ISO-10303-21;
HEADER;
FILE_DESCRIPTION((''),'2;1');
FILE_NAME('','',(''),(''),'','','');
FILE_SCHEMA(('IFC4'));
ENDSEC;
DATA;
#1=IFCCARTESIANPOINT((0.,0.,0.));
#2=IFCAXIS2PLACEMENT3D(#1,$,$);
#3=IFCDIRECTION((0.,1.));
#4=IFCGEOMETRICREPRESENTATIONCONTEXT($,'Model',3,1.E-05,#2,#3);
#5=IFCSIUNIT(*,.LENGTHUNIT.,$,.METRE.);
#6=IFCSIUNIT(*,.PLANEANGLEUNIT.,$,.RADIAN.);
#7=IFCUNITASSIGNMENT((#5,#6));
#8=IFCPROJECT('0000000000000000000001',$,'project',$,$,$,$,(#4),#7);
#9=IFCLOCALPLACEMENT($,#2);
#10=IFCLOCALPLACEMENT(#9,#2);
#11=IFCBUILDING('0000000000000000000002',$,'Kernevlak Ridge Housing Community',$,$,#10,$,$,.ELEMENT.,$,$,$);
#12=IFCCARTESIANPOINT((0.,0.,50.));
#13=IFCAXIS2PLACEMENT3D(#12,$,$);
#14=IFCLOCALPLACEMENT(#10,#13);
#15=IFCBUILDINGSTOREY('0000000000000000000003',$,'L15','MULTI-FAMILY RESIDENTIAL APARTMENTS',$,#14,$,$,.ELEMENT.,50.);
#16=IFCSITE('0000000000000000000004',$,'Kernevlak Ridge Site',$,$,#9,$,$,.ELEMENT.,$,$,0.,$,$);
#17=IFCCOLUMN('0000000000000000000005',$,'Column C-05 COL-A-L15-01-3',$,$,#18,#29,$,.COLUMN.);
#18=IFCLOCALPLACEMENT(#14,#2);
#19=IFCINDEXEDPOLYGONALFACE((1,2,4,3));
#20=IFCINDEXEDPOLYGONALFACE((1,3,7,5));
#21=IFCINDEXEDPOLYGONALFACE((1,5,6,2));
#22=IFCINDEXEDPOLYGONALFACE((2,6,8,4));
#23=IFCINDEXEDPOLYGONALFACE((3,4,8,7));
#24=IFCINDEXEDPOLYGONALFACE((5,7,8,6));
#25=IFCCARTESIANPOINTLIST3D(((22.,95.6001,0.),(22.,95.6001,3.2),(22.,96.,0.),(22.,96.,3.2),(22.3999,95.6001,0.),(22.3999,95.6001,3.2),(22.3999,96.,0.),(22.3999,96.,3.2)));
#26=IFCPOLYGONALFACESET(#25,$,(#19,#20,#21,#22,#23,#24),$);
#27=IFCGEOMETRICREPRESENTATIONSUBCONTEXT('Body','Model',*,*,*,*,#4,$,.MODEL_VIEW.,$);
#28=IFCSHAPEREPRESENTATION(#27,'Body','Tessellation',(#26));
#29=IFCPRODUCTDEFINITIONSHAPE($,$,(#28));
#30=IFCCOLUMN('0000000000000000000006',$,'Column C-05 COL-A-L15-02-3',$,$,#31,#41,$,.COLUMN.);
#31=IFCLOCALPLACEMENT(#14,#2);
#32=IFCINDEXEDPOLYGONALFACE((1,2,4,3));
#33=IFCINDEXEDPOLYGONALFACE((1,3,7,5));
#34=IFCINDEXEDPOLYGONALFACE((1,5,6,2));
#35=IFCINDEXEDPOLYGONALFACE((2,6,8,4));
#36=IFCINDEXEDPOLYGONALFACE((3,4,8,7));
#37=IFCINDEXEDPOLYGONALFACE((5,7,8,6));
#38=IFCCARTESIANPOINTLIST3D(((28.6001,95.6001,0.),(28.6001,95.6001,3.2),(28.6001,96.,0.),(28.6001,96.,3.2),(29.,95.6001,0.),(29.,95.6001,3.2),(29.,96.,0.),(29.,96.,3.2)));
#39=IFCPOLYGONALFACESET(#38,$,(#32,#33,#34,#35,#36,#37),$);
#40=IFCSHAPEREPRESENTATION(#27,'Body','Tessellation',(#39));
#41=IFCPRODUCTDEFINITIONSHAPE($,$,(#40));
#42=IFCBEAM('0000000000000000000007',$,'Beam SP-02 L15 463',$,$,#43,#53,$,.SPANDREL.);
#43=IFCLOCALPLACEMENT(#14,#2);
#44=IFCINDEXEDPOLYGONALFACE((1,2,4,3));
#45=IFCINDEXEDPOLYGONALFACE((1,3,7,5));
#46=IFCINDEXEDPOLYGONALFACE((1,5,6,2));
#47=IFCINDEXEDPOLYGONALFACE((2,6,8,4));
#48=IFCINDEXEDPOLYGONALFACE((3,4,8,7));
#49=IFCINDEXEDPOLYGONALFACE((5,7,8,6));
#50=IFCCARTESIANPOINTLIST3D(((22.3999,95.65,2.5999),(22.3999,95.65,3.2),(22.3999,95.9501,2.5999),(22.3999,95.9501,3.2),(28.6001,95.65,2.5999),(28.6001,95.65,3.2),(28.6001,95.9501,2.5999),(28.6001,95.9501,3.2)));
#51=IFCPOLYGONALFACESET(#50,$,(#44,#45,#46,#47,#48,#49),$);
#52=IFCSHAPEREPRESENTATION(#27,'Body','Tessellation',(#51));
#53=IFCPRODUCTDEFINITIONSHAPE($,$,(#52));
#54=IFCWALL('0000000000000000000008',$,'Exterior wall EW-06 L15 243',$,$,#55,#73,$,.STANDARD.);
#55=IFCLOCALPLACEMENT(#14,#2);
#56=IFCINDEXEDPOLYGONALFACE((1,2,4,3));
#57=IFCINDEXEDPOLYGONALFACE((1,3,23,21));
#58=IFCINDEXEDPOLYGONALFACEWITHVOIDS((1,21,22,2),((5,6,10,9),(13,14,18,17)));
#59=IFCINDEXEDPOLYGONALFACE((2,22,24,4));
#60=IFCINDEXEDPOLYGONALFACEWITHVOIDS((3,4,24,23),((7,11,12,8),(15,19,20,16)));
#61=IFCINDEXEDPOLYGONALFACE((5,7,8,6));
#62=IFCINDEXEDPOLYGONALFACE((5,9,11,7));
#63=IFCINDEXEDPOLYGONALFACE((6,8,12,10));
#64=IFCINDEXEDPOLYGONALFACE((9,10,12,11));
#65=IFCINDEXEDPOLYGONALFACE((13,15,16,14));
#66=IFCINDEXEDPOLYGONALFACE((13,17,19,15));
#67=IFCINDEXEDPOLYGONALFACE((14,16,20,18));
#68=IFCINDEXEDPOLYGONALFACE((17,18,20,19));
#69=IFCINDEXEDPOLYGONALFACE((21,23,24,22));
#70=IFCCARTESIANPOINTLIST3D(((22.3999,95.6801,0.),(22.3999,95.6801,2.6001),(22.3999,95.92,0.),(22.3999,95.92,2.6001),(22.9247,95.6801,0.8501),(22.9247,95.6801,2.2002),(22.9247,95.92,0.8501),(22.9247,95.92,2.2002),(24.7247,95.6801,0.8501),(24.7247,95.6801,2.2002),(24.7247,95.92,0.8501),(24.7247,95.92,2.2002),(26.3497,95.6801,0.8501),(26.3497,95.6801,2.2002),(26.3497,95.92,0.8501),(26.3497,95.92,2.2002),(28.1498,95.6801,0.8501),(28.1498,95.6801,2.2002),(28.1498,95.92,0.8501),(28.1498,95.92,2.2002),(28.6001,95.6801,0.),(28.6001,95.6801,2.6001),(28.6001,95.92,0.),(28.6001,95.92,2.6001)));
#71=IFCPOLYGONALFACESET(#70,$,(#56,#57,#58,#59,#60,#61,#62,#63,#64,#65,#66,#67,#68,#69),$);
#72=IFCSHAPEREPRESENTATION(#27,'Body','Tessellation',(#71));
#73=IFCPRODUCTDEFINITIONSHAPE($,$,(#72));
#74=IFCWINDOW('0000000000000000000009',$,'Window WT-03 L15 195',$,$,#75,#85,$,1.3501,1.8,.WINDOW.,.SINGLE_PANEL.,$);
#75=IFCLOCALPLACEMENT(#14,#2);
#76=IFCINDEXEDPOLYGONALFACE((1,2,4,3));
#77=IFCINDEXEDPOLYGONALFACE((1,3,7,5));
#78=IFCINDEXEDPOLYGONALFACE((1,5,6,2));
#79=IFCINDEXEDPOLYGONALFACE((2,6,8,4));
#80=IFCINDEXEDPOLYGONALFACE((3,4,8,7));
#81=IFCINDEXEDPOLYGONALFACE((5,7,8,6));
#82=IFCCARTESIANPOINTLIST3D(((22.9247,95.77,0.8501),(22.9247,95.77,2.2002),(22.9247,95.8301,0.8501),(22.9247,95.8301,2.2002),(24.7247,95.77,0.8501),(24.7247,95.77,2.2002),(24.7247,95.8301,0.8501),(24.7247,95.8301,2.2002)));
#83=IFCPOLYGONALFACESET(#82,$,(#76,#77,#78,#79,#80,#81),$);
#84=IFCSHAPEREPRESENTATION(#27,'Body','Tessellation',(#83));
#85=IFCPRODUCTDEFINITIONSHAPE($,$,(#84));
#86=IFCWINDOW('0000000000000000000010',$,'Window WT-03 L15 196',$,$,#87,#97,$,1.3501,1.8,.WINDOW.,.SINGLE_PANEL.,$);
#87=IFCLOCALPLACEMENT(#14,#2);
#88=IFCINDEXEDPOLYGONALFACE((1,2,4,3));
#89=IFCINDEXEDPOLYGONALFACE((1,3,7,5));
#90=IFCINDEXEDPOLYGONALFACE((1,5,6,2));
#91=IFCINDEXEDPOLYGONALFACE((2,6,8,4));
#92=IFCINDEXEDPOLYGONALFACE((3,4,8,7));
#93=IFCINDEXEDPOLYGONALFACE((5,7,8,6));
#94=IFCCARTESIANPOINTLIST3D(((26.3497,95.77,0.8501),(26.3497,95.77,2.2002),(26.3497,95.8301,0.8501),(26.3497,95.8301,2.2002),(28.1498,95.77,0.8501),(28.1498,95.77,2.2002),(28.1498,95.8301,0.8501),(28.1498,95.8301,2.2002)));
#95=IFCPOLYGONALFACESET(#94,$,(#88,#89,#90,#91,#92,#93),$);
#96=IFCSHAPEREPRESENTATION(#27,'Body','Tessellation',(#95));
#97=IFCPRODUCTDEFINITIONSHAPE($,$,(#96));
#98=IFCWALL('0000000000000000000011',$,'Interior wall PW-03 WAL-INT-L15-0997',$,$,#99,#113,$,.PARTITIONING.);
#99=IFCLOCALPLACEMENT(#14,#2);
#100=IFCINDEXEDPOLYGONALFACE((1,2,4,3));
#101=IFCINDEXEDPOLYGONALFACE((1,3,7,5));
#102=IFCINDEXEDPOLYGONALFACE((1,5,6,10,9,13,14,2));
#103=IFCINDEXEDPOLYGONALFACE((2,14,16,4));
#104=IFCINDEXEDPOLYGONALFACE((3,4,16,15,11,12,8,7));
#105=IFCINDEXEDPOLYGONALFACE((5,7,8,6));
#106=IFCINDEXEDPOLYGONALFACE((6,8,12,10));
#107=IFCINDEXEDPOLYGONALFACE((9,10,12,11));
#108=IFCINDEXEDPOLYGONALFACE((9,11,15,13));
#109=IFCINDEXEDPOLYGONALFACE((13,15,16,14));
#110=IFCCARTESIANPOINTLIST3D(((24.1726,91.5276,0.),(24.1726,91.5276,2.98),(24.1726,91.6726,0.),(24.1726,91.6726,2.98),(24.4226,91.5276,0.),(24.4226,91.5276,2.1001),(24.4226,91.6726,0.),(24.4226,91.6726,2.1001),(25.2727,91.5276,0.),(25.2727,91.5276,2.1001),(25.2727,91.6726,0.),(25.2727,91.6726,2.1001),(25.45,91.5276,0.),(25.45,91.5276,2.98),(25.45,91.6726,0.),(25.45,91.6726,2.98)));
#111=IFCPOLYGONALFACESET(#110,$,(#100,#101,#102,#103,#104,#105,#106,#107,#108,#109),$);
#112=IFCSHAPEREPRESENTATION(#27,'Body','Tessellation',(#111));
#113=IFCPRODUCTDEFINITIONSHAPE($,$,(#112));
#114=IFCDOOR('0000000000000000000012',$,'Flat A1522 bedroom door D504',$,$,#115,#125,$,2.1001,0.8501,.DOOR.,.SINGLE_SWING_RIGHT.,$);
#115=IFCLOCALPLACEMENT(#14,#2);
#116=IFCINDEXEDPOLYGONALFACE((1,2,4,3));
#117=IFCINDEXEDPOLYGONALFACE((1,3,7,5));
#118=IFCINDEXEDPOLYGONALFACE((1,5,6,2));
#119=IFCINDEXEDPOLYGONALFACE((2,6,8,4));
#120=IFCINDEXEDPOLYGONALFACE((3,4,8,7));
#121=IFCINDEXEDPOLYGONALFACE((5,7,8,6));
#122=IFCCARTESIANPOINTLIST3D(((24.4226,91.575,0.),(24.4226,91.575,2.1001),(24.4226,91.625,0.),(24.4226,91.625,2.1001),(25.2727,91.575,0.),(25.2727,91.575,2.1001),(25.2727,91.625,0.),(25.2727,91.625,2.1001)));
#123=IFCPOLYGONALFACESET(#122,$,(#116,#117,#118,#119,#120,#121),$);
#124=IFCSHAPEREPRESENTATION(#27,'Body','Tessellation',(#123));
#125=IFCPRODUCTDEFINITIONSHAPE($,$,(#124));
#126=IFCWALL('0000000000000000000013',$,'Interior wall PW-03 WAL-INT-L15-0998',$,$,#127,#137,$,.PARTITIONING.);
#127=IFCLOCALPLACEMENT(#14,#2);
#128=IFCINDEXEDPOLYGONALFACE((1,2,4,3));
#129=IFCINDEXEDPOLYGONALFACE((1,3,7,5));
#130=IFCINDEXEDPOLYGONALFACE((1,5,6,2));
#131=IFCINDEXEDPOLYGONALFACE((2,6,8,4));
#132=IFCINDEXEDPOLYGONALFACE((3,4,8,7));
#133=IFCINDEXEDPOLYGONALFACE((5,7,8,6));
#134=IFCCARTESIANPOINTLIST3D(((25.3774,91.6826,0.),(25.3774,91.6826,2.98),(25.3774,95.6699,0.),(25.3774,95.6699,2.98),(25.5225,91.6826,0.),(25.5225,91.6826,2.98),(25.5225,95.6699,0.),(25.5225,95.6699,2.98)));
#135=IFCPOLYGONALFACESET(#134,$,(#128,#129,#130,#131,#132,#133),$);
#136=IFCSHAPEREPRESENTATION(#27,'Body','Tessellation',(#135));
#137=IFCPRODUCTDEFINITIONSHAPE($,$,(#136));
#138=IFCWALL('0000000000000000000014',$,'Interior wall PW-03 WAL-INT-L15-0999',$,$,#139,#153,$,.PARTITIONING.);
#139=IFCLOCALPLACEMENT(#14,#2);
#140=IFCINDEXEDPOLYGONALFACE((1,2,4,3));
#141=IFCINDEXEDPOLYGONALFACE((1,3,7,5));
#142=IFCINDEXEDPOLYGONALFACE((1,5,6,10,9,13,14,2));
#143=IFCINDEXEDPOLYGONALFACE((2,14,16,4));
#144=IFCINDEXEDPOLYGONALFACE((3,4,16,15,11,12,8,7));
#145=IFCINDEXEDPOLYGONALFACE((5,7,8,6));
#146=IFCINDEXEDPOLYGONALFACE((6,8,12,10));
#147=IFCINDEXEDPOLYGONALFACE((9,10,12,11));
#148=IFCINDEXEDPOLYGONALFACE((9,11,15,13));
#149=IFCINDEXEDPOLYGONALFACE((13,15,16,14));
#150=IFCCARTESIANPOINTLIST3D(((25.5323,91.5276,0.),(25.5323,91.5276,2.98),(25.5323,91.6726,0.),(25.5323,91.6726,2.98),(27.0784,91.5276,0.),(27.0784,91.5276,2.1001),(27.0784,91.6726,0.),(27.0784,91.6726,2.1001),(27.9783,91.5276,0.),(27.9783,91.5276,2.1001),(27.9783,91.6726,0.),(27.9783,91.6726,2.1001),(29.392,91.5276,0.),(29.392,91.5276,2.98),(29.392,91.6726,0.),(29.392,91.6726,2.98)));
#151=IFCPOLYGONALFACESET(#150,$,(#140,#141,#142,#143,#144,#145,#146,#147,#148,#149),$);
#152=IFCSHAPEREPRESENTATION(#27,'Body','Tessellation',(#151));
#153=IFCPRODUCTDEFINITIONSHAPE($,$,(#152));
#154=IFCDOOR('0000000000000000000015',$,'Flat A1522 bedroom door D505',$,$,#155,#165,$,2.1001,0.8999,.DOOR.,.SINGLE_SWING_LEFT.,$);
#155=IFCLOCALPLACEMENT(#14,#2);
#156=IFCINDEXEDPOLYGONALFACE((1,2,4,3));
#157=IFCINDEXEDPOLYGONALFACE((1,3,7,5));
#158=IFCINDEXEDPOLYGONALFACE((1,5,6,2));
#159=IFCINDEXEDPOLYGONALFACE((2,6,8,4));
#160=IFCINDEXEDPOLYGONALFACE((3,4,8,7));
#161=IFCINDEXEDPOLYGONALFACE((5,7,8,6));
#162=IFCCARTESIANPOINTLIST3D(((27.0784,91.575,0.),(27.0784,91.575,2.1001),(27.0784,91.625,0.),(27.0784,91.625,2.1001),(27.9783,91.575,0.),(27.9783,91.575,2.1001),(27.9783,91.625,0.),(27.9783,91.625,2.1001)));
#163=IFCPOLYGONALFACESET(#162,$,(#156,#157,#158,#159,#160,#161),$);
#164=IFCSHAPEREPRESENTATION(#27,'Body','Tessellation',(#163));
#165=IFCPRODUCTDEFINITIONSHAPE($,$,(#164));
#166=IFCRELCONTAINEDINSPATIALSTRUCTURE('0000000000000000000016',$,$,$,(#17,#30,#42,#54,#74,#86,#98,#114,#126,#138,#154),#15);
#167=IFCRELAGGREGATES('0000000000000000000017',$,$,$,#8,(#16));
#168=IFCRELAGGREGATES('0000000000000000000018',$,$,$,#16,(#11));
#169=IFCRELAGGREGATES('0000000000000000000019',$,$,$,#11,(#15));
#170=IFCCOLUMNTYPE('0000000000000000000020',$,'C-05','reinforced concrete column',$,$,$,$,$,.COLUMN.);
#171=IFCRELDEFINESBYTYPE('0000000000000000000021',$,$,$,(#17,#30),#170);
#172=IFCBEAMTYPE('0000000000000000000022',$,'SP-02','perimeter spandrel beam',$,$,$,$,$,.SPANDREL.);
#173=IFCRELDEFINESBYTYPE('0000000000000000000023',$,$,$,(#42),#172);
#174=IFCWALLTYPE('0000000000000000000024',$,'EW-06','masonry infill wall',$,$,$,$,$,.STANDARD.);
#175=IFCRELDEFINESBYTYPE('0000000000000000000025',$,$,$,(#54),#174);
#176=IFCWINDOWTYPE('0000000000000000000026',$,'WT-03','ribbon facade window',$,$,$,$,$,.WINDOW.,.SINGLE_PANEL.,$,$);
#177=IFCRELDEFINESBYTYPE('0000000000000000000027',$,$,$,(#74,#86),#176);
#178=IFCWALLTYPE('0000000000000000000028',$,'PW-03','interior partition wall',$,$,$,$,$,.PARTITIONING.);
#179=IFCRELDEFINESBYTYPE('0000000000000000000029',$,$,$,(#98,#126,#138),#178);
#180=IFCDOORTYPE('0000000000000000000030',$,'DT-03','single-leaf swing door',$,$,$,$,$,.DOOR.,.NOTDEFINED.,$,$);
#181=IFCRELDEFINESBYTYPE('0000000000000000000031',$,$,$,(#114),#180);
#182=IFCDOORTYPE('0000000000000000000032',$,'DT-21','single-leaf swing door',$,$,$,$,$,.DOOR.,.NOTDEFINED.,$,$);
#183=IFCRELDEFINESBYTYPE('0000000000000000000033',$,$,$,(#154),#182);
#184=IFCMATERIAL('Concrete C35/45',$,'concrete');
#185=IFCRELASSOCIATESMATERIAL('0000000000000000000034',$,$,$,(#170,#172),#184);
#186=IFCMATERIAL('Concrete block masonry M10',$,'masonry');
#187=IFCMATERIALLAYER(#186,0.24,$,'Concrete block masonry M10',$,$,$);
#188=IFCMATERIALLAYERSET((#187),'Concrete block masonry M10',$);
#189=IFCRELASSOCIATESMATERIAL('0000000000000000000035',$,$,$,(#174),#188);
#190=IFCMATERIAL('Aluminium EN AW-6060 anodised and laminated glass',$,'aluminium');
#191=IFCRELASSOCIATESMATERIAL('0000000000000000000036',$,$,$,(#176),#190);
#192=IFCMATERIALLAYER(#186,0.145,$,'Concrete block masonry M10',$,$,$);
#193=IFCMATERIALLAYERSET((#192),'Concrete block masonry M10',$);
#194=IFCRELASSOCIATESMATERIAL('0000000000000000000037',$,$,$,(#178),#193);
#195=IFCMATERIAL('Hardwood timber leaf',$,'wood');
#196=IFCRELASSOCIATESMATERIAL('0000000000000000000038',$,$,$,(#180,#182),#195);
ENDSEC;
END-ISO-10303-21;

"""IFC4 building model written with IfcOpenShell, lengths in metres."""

from ifc_helpers import new_model, si_unit, direction, frame, frame_2d, origin, origin_2d, place, context, subcontext, project, spatial, rectangle, extrude, material, layer, layer_set, material_profile, profile_set, type_object, element, fill, save


model = new_model("IFC4")

# Units and contexts
model_context = context("Model", 3, precision=1e-05, world=origin(), true_north=direction((0.0, 1.0)))
body_context = subcontext(model_context, "Body", "Model", "MODEL_VIEW")
ifc_project = project(units=[si_unit("LENGTHUNIT", "METRE"), si_unit("PLANEANGLEUNIT", "RADIAN")], contexts=[model_context])

# Site, building, storey
site_placement = place(None, origin())
site = spatial("IfcSite", under=ifc_project, at=site_placement, Name="Kernevlak Ridge Site", CompositionType="ELEMENT", RefElevation=0.0)
building_placement = place(site_placement, origin())
building = spatial("IfcBuilding", under=site, at=building_placement, Name="Kernevlak Ridge Housing Community", CompositionType="ELEMENT")
storey_placement = place(building_placement, frame((0.0, 0.0, 50.0)))
storey = spatial("IfcBuildingStorey", under=building, at=storey_placement, Name="L15", Description="MULTI-FAMILY RESIDENTIAL APARTMENTS", CompositionType="ELEMENT", Elevation=50.0)

# Columns
ifc_material_1 = material(Name="Concrete C35/45", Category="concrete")
ifc_material_profile_1 = material_profile(ifc_material_1, rectangle(XDim=0.3999, YDim=0.3999, at=origin_2d()), Name="RC 400x400")
ifc_profile_set_1 = profile_set([ifc_material_profile_1], Name="Concrete C35/45")
column_type = type_object("IfcColumnType", Name="C-05", Description="reinforced concrete column", PredefinedType="COLUMN", material=ifc_profile_set_1)
for number, where, z_axis, x_axis, name in (
    (1, (22.2, 95.8, 0.0), (0.0, 0.0, 1.0), (1.0, 0.0, 0.0), "Column C-05 COL-A-L15-01-3"),
    (2, (28.8, 95.8, 0.0), (0.0, 0.0, 1.0), (1.0, 0.0, 0.0), "Column C-05 COL-A-L15-02-3"),
):
    element("IfcColumn", number, at=place(storey_placement, frame(where, z_axis=z_axis, x_axis=x_axis)), inside=storey, type_object=column_type, Name=name, PredefinedType="COLUMN", context=body_context, shape_type="SweptSolid", body=[
        extrude(rectangle(XDim=0.3999, YDim=0.3999, at=origin_2d()), origin(), (0.0, 0.0, 1.0), 3.2),
    ])

# Beam
ifc_material_profile_2 = material_profile(ifc_material_1, rectangle(XDim=0.3, YDim=0.6001, at=origin_2d()), Name="RC 300x600")
ifc_profile_set_2 = profile_set([ifc_material_profile_2], Name="Concrete C35/45")
beam_type = type_object("IfcBeamType", Name="SP-02", Description="perimeter spandrel beam", PredefinedType="SPANDREL", material=ifc_profile_set_2)
beam_placement = place(storey_placement, frame((22.3999, 95.8, 2.8999), z_axis=(1.0, 0.0, 0.0), x_axis=(0.0, 1.0, 0.0)))
element("IfcBeam", 3, at=beam_placement, inside=storey, type_object=beam_type, Name="Beam SP-02 L15 463", PredefinedType="SPANDREL", context=body_context, shape_type="SweptSolid", body=[
    extrude(rectangle(XDim=0.3, YDim=0.6001, at=origin_2d()), origin(), (0.0, 0.0, 1.0), 6.2002),
])

# Wall, openings, windows
ifc_material_2 = material(Name="Concrete block masonry M10", Category="masonry")
ifc_layer_1 = layer(ifc_material_2, 0.24, Name="Concrete block masonry M10")
ifc_layer_set_1 = layer_set([ifc_layer_1], Name="Concrete block masonry M10")
wall_type_1 = type_object("IfcWallType", Name="EW-06", Description="masonry infill wall", PredefinedType="STANDARD", material=ifc_layer_set_1)
wall_1_placement = place(storey_placement, frame((22.3999, 95.8, 0.0), z_axis=(0.0, 0.0, 1.0), x_axis=(1.0, 0.0, 0.0)))
wall_1 = element("IfcWall", 4, at=wall_1_placement, inside=storey, type_object=wall_type_1, Name="Exterior wall EW-06 L15 243", PredefinedType="STANDARD", context=body_context, shape_type="SweptSolid", body=[
    extrude(rectangle(XDim=6.2002, YDim=0.24, at=frame_2d((3.1001, 0.0))), origin(), (0.0, 0.0, 1.0), 2.6001),
])
opening_1_placement = place(wall_1_placement, frame((0.5249, 0.0, 0.8501)))
opening_1 = element("IfcOpeningElement", 5, at=opening_1_placement, cuts=wall_1, PredefinedType="OPENING", context=body_context, shape_type="SweptSolid", body=[
    extrude(rectangle(XDim=1.8, YDim=1.3501, at=frame_2d((0.8999, 0.675))), frame((0.0, 0.1299, 0.0), z_axis=(0.0, -1.0, 0.0), x_axis=(1.0, 0.0, 0.0)), (0.0, 0.0, 1.0), 0.26),
])
opening_2_placement = place(wall_1_placement, frame((3.95, 0.0, 0.8501)))
opening_2 = element("IfcOpeningElement", 6, at=opening_2_placement, cuts=wall_1, PredefinedType="OPENING", context=body_context, shape_type="SweptSolid", body=[
    extrude(rectangle(XDim=1.8, YDim=1.3501, at=frame_2d((0.8999, 0.675))), frame((0.0, 0.1299, 0.0), z_axis=(0.0, -1.0, 0.0), x_axis=(1.0, 0.0, 0.0)), (0.0, 0.0, 1.0), 0.26),
])
ifc_material_3 = material(Name="Aluminium EN AW-6060 anodised and laminated glass", Category="aluminium")
window_type = type_object("IfcWindowType", Name="WT-03", Description="ribbon facade window", PartitioningType="SINGLE_PANEL", PredefinedType="WINDOW", material=ifc_material_3)
window_1_placement = place(opening_1_placement, origin())
window_1 = element("IfcWindow", 7, at=window_1_placement, inside=storey, type_object=window_type, Name="Window WT-03 L15 195", OverallHeight=1.3501, OverallWidth=1.8, PartitioningType="SINGLE_PANEL", PredefinedType="WINDOW", context=body_context, shape_type="SweptSolid", body=[
    extrude(rectangle(XDim=1.8, YDim=1.3501, at=frame_2d((0.8999, 0.675))), frame((0.0, 0.03, 0.0), z_axis=(0.0, -1.0, 0.0), x_axis=(1.0, 0.0, 0.0)), (0.0, 0.0, 1.0), 0.0601),
])
fill(opening_1, window_1)
window_2_placement = place(opening_2_placement, origin())
window_2 = element("IfcWindow", 8, at=window_2_placement, inside=storey, type_object=window_type, Name="Window WT-03 L15 196", OverallHeight=1.3501, OverallWidth=1.8, PartitioningType="SINGLE_PANEL", PredefinedType="WINDOW", context=body_context, shape_type="SweptSolid", body=[
    extrude(rectangle(XDim=1.8, YDim=1.3501, at=frame_2d((0.8999, 0.675))), frame((0.0, 0.03, 0.0), z_axis=(0.0, -1.0, 0.0), x_axis=(1.0, 0.0, 0.0)), (0.0, 0.0, 1.0), 0.0601),
])
fill(opening_2, window_2)

# Wall, opening, door
ifc_layer_2 = layer(ifc_material_2, 0.145, Name="Concrete block masonry M10")
ifc_layer_set_2 = layer_set([ifc_layer_2], Name="Concrete block masonry M10")
wall_type_2 = type_object("IfcWallType", Name="PW-03", Description="interior partition wall", PredefinedType="PARTITIONING", material=ifc_layer_set_2)
wall_2_placement = place(storey_placement, frame((24.1726, 91.6001, 0.0), z_axis=(0.0, 0.0, 1.0), x_axis=(1.0, 0.0, 0.0)))
wall_2 = element("IfcWall", 9, at=wall_2_placement, inside=storey, type_object=wall_type_2, Name="Interior wall PW-03 WAL-INT-L15-0997", PredefinedType="PARTITIONING", context=body_context, shape_type="SweptSolid", body=[
    extrude(rectangle(XDim=1.2773, YDim=0.145, at=frame_2d((0.6387, 0.0))), origin(), (0.0, 0.0, 1.0), 2.98),
])
opening_3_placement = place(wall_2_placement, frame((0.25, 0.0, 0.0)))
opening_3 = element("IfcOpeningElement", 10, at=opening_3_placement, cuts=wall_2, PredefinedType="OPENING", context=body_context, shape_type="SweptSolid", body=[
    extrude(rectangle(XDim=0.8501, YDim=2.1001, at=frame_2d((0.425, 1.05))), frame((0.0, 0.0825, 0.0), z_axis=(0.0, -1.0, 0.0), x_axis=(1.0, 0.0, 0.0)), (0.0, 0.0, 1.0), 0.165),
])
ifc_material_4 = material(Name="Hardwood timber leaf", Category="wood")
door_type_1 = type_object("IfcDoorType", Name="DT-03", Description="single-leaf swing door", OperationType="NOTDEFINED", PredefinedType="DOOR", material=ifc_material_4)
door_1_placement = place(opening_3_placement, origin())
door_1 = element("IfcDoor", 11, at=door_1_placement, inside=storey, type_object=door_type_1, Name="Flat A1522 bedroom door D504", OperationType="SINGLE_SWING_RIGHT", OverallHeight=2.1001, OverallWidth=0.8501, PredefinedType="DOOR", context=body_context, shape_type="SweptSolid", body=[
    extrude(rectangle(XDim=0.8501, YDim=2.1001, at=frame_2d((0.425, 1.05))), frame((0.0, 0.0249, 0.0), z_axis=(0.0, -1.0, 0.0), x_axis=(1.0, 0.0, 0.0)), (0.0, 0.0, 1.0), 0.05),
])
fill(opening_3, door_1)

# Wall
wall_3_placement = place(storey_placement, frame((25.45, 91.6826, 0.0), z_axis=(0.0, 0.0, 1.0), x_axis=(0.0, 1.0, 0.0)))
element("IfcWall", 12, at=wall_3_placement, inside=storey, type_object=wall_type_2, Name="Interior wall PW-03 WAL-INT-L15-0998", PredefinedType="PARTITIONING", context=body_context, shape_type="SweptSolid", body=[
    extrude(rectangle(XDim=3.9873, YDim=0.145, at=frame_2d((1.9937, 0.0))), origin(), (0.0, 0.0, 1.0), 2.98),
])

# Wall, opening, door
wall_4_placement = place(storey_placement, frame((25.5325, 91.6001, 0.0), z_axis=(0.0, 0.0, 1.0), x_axis=(1.0, 0.0, 0.0)))
wall_4 = element("IfcWall", 13, at=wall_4_placement, inside=storey, type_object=wall_type_2, Name="Interior wall PW-03 WAL-INT-L15-0999", PredefinedType="PARTITIONING", context=body_context, shape_type="SweptSolid", body=[
    extrude(rectangle(XDim=3.8596, YDim=0.145, at=frame_2d((1.9297, 0.0))), origin(), (0.0, 0.0, 1.0), 2.98),
])
opening_4_placement = place(wall_4_placement, frame((1.5459, 0.0, 0.0)))
opening_4 = element("IfcOpeningElement", 14, at=opening_4_placement, cuts=wall_4, PredefinedType="OPENING", context=body_context, shape_type="SweptSolid", body=[
    extrude(rectangle(XDim=0.8999, YDim=2.1001, at=frame_2d((0.45, 1.05))), frame((0.0, 0.0825, 0.0), z_axis=(0.0, -1.0, 0.0), x_axis=(1.0, 0.0, 0.0)), (0.0, 0.0, 1.0), 0.165),
])
door_type_2 = type_object("IfcDoorType", Name="DT-21", Description="single-leaf swing door", OperationType="NOTDEFINED", PredefinedType="DOOR", material=ifc_material_4)
door_2_placement = place(opening_4_placement, origin())
door_2 = element("IfcDoor", 15, at=door_2_placement, inside=storey, type_object=door_type_2, Name="Flat A1522 bedroom door D505", OperationType="SINGLE_SWING_LEFT", OverallHeight=2.1001, OverallWidth=0.8999, PredefinedType="DOOR", context=body_context, shape_type="SweptSolid", body=[
    extrude(rectangle(XDim=0.8999, YDim=2.1001, at=frame_2d((0.45, 1.05))), frame((0.0, 0.0249, 0.0), z_axis=(0.0, -1.0, 0.0), x_axis=(1.0, 0.0, 0.0)), (0.0, 0.0, 1.0), 0.05),
])
fill(opening_4, door_2)

save(model, "model.ifc")
